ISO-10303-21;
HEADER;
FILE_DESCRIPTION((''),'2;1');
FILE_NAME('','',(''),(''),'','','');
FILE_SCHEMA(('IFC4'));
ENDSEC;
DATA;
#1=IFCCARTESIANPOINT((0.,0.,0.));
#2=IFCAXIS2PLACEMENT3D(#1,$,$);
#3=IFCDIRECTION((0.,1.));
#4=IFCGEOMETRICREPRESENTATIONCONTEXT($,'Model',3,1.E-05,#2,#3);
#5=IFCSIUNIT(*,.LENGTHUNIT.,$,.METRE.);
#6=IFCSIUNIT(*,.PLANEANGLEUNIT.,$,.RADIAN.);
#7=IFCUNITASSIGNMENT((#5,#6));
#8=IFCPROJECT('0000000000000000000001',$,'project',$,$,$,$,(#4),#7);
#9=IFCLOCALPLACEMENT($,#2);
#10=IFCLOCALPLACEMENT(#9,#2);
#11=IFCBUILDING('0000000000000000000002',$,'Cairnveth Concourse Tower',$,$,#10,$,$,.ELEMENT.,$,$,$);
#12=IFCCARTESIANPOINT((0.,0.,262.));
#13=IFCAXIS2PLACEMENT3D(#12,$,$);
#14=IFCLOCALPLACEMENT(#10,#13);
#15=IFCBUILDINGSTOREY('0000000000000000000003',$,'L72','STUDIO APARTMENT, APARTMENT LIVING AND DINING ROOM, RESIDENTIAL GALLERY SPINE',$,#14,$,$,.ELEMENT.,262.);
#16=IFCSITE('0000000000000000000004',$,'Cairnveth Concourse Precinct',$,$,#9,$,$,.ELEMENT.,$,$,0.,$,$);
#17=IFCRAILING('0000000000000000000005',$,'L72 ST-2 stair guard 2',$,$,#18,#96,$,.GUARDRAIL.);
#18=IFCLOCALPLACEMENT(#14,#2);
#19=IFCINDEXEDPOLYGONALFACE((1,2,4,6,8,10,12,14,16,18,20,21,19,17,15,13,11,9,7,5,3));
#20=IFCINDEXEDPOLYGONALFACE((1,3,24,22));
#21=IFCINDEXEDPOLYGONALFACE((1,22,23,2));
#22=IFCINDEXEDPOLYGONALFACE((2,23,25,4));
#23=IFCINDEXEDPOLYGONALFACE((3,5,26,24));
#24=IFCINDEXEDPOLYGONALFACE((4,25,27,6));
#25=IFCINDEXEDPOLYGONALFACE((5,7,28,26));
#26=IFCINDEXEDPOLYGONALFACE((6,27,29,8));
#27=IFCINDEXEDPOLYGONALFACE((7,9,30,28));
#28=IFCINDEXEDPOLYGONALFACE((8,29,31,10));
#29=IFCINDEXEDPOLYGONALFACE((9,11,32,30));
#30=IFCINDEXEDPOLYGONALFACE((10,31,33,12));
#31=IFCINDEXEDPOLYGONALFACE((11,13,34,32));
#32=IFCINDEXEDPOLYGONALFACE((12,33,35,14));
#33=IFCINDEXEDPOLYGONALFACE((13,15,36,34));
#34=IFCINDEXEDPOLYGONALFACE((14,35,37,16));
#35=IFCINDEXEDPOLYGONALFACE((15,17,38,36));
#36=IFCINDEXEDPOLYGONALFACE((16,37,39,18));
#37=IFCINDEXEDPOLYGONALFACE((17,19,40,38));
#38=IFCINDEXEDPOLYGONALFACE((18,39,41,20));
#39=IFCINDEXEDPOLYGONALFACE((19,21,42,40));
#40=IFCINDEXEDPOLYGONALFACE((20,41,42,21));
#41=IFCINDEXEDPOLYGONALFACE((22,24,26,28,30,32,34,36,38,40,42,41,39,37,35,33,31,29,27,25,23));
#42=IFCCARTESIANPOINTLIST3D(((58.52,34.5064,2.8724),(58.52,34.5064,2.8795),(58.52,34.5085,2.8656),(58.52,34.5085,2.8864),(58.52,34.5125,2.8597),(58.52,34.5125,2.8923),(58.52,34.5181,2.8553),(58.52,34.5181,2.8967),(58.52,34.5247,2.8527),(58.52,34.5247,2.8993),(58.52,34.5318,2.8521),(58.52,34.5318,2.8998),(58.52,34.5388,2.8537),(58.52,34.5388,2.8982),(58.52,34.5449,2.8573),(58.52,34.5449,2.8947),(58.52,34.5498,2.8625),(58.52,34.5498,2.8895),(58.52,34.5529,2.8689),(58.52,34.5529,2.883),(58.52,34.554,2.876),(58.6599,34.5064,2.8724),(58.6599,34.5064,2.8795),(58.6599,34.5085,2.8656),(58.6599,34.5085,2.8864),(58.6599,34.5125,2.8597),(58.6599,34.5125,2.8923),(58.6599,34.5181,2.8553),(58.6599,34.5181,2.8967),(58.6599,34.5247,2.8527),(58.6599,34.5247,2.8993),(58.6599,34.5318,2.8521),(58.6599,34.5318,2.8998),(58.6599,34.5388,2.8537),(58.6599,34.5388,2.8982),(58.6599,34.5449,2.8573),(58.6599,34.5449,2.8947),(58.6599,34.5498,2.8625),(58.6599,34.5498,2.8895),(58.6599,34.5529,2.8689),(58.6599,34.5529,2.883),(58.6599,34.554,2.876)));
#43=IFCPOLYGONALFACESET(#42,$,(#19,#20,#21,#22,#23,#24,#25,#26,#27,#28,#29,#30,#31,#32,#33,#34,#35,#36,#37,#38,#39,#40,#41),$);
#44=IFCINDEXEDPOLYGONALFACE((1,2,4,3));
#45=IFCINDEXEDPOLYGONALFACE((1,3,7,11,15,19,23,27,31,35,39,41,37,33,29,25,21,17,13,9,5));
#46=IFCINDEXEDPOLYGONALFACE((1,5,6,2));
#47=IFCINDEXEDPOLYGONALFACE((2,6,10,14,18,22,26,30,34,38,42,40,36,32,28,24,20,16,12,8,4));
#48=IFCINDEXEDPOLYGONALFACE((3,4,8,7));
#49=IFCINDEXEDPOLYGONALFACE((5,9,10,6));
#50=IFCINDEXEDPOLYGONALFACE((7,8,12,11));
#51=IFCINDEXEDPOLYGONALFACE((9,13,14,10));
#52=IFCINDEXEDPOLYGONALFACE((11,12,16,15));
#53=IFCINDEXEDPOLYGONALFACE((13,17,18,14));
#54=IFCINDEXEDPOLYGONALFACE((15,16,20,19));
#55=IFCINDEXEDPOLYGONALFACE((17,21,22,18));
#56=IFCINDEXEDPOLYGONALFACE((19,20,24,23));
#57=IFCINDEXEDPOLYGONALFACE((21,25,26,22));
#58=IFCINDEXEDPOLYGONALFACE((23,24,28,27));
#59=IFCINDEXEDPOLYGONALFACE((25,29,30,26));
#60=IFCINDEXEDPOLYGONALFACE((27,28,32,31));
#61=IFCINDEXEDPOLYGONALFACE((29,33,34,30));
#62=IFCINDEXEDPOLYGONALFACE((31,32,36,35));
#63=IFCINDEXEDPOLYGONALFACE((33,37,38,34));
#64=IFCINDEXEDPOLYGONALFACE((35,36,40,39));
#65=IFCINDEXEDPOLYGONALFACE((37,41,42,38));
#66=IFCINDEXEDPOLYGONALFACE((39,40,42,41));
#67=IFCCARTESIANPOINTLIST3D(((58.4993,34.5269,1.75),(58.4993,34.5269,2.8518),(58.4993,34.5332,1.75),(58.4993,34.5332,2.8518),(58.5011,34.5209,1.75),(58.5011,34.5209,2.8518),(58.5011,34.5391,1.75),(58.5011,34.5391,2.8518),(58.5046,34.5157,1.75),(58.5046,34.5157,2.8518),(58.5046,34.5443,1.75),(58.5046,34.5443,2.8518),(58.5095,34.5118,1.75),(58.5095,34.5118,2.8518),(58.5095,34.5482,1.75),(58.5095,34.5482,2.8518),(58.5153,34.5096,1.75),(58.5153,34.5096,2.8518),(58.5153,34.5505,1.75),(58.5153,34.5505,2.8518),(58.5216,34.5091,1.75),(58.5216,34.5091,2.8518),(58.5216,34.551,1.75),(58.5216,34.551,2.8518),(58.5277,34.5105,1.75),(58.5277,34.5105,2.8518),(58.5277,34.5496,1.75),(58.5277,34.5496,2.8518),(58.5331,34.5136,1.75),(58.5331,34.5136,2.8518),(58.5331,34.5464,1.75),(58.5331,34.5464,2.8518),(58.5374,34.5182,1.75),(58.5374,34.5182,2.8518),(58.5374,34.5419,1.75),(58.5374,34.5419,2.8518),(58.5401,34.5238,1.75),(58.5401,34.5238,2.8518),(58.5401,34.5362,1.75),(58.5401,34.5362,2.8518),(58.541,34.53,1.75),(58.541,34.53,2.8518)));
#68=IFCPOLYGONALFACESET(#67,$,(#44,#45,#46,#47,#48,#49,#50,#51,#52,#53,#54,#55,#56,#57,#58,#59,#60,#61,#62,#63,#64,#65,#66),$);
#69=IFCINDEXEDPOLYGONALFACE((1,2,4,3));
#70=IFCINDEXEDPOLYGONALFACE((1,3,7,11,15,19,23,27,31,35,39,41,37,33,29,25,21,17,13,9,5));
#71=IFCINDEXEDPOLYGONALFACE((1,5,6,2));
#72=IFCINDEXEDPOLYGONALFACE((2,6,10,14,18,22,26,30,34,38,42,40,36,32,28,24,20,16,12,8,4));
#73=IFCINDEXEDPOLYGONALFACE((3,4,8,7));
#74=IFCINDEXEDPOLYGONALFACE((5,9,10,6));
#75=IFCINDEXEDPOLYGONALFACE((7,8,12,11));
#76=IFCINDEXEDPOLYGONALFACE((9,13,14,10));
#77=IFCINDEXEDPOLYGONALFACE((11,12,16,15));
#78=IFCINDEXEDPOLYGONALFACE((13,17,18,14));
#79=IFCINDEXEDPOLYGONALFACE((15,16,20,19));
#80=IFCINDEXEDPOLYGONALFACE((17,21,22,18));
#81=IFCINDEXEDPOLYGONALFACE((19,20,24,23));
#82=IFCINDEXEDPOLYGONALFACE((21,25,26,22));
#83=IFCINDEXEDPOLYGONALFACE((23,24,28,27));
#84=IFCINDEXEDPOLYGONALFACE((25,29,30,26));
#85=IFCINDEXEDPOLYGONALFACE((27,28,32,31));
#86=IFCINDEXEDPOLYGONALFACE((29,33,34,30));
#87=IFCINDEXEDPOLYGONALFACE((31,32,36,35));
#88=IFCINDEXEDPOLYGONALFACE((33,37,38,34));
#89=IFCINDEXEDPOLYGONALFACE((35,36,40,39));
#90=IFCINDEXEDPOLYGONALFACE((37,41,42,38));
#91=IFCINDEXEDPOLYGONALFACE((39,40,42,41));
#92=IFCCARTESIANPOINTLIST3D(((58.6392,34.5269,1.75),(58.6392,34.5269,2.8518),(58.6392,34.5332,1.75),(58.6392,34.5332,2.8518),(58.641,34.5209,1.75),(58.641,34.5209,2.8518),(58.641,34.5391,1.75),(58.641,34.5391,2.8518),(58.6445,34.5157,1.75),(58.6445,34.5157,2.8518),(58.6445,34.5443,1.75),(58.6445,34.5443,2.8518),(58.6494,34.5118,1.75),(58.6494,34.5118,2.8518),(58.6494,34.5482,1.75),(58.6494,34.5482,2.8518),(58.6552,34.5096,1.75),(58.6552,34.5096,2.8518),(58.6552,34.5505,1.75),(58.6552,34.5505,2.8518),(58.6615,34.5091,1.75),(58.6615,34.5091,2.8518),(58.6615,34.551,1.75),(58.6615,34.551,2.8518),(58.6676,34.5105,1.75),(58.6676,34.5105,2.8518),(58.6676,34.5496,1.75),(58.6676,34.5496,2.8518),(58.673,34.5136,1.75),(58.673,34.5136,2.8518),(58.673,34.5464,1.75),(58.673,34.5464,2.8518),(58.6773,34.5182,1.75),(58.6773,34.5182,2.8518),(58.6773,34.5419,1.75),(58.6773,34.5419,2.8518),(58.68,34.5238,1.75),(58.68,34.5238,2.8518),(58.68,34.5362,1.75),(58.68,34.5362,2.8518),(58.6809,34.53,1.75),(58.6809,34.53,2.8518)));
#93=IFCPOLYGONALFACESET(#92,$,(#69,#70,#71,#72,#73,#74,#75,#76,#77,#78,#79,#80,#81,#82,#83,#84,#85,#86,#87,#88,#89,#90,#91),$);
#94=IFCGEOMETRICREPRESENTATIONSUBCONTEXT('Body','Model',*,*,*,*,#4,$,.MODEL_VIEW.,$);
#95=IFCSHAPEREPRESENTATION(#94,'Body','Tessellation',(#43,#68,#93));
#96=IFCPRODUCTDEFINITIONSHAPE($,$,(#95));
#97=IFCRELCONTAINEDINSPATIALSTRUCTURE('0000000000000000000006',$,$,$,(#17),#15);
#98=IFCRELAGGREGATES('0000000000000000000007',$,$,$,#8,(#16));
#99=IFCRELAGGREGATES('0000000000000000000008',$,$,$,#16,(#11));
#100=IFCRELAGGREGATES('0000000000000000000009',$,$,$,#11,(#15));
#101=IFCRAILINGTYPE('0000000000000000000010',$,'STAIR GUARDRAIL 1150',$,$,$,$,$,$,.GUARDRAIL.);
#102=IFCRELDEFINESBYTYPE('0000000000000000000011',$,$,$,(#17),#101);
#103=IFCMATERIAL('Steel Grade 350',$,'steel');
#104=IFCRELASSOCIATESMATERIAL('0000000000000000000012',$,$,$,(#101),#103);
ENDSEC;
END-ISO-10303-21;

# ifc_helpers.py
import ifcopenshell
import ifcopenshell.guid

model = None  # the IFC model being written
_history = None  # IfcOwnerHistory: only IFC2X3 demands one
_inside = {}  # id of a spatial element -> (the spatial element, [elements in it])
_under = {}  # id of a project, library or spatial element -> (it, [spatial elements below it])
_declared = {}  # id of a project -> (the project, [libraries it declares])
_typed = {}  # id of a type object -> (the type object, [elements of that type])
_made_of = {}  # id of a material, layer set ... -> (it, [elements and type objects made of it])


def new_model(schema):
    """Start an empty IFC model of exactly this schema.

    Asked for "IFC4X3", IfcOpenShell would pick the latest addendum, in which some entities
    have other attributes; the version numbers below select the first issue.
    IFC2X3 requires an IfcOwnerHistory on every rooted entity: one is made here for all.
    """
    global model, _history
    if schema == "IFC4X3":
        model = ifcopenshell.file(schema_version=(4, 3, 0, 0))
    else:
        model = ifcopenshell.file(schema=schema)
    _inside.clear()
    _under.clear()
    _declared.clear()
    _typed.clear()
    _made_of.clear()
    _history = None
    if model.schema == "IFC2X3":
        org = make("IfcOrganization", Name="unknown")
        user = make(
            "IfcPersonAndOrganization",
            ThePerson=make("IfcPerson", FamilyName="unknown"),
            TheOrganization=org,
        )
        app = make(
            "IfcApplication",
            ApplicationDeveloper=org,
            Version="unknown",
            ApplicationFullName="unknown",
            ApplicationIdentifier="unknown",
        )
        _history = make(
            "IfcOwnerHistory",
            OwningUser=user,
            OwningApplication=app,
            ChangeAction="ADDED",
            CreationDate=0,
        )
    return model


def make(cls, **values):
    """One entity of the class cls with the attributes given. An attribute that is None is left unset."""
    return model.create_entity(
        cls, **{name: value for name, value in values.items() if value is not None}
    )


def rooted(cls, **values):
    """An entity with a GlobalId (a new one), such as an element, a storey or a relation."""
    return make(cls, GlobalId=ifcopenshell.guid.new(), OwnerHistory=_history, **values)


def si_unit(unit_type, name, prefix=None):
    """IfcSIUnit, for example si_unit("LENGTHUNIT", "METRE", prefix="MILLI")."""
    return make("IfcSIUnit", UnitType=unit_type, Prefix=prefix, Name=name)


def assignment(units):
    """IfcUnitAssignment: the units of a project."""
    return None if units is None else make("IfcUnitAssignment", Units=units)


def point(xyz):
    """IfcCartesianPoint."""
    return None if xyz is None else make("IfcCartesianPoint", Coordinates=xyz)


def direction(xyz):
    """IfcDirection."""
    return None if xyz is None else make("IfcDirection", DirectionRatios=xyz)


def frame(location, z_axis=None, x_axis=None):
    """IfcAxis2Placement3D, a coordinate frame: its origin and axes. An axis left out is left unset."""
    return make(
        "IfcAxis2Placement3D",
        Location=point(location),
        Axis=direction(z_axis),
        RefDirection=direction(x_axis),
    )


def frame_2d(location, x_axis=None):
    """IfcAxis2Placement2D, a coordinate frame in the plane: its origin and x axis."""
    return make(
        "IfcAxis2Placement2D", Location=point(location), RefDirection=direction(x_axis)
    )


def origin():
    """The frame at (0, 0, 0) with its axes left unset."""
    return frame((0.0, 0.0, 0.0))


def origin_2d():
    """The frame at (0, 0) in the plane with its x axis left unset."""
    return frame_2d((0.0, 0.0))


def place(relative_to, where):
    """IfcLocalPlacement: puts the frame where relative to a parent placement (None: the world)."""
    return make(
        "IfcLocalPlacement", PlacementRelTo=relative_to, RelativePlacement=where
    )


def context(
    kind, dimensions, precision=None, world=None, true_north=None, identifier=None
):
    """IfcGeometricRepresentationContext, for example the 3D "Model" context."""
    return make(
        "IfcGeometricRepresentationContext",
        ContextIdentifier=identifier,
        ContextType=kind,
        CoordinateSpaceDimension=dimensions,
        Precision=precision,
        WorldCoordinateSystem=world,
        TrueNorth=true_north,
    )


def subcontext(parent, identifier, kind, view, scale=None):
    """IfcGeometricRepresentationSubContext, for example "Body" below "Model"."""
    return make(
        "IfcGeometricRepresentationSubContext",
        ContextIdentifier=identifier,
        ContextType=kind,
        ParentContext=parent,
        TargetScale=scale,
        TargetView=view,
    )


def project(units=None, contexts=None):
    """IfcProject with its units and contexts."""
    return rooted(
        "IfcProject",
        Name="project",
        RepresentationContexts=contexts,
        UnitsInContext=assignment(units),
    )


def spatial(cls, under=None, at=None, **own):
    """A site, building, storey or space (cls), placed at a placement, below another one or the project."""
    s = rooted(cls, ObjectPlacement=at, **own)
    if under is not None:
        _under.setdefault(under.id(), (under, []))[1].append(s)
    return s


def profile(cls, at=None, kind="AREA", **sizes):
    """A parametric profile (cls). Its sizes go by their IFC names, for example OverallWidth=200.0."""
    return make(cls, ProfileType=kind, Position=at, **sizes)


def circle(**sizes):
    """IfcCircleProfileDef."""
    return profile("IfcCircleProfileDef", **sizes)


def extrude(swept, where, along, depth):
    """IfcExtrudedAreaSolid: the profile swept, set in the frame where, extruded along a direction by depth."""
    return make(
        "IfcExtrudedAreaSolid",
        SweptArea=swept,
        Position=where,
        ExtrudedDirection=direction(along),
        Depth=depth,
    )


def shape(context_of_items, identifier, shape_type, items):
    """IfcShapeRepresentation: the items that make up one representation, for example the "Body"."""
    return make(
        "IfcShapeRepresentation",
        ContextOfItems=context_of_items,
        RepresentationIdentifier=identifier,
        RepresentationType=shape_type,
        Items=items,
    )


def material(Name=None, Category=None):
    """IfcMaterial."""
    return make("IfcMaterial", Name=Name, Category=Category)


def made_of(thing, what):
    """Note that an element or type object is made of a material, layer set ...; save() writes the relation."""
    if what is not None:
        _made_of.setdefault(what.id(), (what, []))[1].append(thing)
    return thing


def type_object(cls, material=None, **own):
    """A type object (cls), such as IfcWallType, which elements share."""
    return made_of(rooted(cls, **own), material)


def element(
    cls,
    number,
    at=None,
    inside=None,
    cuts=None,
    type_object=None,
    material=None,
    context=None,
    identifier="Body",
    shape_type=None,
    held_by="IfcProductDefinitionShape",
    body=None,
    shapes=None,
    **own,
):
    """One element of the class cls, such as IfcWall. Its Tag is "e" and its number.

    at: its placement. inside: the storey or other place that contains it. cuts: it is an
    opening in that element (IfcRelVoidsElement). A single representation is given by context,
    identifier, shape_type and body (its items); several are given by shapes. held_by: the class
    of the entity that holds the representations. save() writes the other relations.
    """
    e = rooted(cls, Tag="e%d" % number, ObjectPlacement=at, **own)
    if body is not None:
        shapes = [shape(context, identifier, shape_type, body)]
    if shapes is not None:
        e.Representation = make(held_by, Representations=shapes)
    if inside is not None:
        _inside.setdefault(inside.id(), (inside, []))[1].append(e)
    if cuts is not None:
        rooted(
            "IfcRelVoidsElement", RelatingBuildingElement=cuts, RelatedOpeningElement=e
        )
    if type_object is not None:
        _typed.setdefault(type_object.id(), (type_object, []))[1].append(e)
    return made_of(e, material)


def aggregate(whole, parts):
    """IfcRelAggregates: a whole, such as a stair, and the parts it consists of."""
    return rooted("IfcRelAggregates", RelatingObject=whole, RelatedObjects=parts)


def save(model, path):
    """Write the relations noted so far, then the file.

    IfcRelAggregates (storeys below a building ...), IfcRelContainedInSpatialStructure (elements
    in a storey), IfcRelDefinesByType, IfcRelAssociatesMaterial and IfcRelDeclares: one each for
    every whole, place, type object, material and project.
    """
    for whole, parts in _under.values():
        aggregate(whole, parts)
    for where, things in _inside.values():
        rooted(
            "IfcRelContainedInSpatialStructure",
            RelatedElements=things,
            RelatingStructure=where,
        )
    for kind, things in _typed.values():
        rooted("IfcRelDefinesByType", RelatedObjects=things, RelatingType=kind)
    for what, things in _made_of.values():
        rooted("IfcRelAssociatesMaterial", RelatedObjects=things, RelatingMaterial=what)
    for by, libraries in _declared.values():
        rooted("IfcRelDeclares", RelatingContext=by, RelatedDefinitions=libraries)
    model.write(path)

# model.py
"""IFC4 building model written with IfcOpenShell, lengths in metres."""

from ifc_helpers import new_model, si_unit, direction, frame, origin, origin_2d, place, context, subcontext, project, spatial, circle, extrude, material, type_object, element, save


model = new_model("IFC4")

# Units and contexts
model_context = context("Model", 3, precision=1e-05, world=origin(), true_north=direction((0.0, 1.0)))
body_context = subcontext(model_context, "Body", "Model", "MODEL_VIEW")
ifc_project = project(units=[si_unit("LENGTHUNIT", "METRE"), si_unit("PLANEANGLEUNIT", "RADIAN")], contexts=[model_context])

# Site, building, storey
site_placement = place(None, origin())
site = spatial("IfcSite", under=ifc_project, at=site_placement, Name="Cairnveth Concourse Precinct", CompositionType="ELEMENT", RefElevation=0.0)
building_placement = place(site_placement, origin())
building = spatial("IfcBuilding", under=site, at=building_placement, Name="Cairnveth Concourse Tower", CompositionType="ELEMENT")
storey_placement = place(building_placement, frame((0.0, 0.0, 262.0)))
storey = spatial("IfcBuildingStorey", under=building, at=storey_placement, Name="L72", Description="STUDIO APARTMENT, APARTMENT LIVING AND DINING ROOM, RESIDENTIAL GALLERY SPINE", CompositionType="ELEMENT", Elevation=262.0)

# Shared definitions
ifc_material_1 = material(Name="Steel Grade 350", Category="steel")

# Railing
railing_type_1 = type_object("IfcRailingType", Name="STAIR GUARDRAIL 1150", PredefinedType="GUARDRAIL", material=ifc_material_1)
railing_1_placement = place(storey_placement, frame((58.52, 34.53, 1.75)))
element("IfcRailing", 1, at=railing_1_placement, inside=storey, type_object=railing_type_1, Name="L72 ST-2 stair guard 2", PredefinedType="GUARDRAIL", context=body_context, shape_type="SweptSolid", body=[
    extrude(circle(Radius=0.0239, at=origin_2d()), frame((0.0, 0.0, 1.126), z_axis=(1.0, 0.0, 0.0), x_axis=(0.0, 1.0, 0.0)), (0.0, 0.0, 1.0), 0.1399),
    extrude(circle(Radius=0.021, at=origin_2d()), origin(), (0.0, 0.0, 1.0), 1.1018),
    extrude(circle(Radius=0.021, at=origin_2d()), frame((0.1399, 0.0, 0.0)), (0.0, 0.0, 1.0), 1.1018),
])

save(model, "model.ifc")
